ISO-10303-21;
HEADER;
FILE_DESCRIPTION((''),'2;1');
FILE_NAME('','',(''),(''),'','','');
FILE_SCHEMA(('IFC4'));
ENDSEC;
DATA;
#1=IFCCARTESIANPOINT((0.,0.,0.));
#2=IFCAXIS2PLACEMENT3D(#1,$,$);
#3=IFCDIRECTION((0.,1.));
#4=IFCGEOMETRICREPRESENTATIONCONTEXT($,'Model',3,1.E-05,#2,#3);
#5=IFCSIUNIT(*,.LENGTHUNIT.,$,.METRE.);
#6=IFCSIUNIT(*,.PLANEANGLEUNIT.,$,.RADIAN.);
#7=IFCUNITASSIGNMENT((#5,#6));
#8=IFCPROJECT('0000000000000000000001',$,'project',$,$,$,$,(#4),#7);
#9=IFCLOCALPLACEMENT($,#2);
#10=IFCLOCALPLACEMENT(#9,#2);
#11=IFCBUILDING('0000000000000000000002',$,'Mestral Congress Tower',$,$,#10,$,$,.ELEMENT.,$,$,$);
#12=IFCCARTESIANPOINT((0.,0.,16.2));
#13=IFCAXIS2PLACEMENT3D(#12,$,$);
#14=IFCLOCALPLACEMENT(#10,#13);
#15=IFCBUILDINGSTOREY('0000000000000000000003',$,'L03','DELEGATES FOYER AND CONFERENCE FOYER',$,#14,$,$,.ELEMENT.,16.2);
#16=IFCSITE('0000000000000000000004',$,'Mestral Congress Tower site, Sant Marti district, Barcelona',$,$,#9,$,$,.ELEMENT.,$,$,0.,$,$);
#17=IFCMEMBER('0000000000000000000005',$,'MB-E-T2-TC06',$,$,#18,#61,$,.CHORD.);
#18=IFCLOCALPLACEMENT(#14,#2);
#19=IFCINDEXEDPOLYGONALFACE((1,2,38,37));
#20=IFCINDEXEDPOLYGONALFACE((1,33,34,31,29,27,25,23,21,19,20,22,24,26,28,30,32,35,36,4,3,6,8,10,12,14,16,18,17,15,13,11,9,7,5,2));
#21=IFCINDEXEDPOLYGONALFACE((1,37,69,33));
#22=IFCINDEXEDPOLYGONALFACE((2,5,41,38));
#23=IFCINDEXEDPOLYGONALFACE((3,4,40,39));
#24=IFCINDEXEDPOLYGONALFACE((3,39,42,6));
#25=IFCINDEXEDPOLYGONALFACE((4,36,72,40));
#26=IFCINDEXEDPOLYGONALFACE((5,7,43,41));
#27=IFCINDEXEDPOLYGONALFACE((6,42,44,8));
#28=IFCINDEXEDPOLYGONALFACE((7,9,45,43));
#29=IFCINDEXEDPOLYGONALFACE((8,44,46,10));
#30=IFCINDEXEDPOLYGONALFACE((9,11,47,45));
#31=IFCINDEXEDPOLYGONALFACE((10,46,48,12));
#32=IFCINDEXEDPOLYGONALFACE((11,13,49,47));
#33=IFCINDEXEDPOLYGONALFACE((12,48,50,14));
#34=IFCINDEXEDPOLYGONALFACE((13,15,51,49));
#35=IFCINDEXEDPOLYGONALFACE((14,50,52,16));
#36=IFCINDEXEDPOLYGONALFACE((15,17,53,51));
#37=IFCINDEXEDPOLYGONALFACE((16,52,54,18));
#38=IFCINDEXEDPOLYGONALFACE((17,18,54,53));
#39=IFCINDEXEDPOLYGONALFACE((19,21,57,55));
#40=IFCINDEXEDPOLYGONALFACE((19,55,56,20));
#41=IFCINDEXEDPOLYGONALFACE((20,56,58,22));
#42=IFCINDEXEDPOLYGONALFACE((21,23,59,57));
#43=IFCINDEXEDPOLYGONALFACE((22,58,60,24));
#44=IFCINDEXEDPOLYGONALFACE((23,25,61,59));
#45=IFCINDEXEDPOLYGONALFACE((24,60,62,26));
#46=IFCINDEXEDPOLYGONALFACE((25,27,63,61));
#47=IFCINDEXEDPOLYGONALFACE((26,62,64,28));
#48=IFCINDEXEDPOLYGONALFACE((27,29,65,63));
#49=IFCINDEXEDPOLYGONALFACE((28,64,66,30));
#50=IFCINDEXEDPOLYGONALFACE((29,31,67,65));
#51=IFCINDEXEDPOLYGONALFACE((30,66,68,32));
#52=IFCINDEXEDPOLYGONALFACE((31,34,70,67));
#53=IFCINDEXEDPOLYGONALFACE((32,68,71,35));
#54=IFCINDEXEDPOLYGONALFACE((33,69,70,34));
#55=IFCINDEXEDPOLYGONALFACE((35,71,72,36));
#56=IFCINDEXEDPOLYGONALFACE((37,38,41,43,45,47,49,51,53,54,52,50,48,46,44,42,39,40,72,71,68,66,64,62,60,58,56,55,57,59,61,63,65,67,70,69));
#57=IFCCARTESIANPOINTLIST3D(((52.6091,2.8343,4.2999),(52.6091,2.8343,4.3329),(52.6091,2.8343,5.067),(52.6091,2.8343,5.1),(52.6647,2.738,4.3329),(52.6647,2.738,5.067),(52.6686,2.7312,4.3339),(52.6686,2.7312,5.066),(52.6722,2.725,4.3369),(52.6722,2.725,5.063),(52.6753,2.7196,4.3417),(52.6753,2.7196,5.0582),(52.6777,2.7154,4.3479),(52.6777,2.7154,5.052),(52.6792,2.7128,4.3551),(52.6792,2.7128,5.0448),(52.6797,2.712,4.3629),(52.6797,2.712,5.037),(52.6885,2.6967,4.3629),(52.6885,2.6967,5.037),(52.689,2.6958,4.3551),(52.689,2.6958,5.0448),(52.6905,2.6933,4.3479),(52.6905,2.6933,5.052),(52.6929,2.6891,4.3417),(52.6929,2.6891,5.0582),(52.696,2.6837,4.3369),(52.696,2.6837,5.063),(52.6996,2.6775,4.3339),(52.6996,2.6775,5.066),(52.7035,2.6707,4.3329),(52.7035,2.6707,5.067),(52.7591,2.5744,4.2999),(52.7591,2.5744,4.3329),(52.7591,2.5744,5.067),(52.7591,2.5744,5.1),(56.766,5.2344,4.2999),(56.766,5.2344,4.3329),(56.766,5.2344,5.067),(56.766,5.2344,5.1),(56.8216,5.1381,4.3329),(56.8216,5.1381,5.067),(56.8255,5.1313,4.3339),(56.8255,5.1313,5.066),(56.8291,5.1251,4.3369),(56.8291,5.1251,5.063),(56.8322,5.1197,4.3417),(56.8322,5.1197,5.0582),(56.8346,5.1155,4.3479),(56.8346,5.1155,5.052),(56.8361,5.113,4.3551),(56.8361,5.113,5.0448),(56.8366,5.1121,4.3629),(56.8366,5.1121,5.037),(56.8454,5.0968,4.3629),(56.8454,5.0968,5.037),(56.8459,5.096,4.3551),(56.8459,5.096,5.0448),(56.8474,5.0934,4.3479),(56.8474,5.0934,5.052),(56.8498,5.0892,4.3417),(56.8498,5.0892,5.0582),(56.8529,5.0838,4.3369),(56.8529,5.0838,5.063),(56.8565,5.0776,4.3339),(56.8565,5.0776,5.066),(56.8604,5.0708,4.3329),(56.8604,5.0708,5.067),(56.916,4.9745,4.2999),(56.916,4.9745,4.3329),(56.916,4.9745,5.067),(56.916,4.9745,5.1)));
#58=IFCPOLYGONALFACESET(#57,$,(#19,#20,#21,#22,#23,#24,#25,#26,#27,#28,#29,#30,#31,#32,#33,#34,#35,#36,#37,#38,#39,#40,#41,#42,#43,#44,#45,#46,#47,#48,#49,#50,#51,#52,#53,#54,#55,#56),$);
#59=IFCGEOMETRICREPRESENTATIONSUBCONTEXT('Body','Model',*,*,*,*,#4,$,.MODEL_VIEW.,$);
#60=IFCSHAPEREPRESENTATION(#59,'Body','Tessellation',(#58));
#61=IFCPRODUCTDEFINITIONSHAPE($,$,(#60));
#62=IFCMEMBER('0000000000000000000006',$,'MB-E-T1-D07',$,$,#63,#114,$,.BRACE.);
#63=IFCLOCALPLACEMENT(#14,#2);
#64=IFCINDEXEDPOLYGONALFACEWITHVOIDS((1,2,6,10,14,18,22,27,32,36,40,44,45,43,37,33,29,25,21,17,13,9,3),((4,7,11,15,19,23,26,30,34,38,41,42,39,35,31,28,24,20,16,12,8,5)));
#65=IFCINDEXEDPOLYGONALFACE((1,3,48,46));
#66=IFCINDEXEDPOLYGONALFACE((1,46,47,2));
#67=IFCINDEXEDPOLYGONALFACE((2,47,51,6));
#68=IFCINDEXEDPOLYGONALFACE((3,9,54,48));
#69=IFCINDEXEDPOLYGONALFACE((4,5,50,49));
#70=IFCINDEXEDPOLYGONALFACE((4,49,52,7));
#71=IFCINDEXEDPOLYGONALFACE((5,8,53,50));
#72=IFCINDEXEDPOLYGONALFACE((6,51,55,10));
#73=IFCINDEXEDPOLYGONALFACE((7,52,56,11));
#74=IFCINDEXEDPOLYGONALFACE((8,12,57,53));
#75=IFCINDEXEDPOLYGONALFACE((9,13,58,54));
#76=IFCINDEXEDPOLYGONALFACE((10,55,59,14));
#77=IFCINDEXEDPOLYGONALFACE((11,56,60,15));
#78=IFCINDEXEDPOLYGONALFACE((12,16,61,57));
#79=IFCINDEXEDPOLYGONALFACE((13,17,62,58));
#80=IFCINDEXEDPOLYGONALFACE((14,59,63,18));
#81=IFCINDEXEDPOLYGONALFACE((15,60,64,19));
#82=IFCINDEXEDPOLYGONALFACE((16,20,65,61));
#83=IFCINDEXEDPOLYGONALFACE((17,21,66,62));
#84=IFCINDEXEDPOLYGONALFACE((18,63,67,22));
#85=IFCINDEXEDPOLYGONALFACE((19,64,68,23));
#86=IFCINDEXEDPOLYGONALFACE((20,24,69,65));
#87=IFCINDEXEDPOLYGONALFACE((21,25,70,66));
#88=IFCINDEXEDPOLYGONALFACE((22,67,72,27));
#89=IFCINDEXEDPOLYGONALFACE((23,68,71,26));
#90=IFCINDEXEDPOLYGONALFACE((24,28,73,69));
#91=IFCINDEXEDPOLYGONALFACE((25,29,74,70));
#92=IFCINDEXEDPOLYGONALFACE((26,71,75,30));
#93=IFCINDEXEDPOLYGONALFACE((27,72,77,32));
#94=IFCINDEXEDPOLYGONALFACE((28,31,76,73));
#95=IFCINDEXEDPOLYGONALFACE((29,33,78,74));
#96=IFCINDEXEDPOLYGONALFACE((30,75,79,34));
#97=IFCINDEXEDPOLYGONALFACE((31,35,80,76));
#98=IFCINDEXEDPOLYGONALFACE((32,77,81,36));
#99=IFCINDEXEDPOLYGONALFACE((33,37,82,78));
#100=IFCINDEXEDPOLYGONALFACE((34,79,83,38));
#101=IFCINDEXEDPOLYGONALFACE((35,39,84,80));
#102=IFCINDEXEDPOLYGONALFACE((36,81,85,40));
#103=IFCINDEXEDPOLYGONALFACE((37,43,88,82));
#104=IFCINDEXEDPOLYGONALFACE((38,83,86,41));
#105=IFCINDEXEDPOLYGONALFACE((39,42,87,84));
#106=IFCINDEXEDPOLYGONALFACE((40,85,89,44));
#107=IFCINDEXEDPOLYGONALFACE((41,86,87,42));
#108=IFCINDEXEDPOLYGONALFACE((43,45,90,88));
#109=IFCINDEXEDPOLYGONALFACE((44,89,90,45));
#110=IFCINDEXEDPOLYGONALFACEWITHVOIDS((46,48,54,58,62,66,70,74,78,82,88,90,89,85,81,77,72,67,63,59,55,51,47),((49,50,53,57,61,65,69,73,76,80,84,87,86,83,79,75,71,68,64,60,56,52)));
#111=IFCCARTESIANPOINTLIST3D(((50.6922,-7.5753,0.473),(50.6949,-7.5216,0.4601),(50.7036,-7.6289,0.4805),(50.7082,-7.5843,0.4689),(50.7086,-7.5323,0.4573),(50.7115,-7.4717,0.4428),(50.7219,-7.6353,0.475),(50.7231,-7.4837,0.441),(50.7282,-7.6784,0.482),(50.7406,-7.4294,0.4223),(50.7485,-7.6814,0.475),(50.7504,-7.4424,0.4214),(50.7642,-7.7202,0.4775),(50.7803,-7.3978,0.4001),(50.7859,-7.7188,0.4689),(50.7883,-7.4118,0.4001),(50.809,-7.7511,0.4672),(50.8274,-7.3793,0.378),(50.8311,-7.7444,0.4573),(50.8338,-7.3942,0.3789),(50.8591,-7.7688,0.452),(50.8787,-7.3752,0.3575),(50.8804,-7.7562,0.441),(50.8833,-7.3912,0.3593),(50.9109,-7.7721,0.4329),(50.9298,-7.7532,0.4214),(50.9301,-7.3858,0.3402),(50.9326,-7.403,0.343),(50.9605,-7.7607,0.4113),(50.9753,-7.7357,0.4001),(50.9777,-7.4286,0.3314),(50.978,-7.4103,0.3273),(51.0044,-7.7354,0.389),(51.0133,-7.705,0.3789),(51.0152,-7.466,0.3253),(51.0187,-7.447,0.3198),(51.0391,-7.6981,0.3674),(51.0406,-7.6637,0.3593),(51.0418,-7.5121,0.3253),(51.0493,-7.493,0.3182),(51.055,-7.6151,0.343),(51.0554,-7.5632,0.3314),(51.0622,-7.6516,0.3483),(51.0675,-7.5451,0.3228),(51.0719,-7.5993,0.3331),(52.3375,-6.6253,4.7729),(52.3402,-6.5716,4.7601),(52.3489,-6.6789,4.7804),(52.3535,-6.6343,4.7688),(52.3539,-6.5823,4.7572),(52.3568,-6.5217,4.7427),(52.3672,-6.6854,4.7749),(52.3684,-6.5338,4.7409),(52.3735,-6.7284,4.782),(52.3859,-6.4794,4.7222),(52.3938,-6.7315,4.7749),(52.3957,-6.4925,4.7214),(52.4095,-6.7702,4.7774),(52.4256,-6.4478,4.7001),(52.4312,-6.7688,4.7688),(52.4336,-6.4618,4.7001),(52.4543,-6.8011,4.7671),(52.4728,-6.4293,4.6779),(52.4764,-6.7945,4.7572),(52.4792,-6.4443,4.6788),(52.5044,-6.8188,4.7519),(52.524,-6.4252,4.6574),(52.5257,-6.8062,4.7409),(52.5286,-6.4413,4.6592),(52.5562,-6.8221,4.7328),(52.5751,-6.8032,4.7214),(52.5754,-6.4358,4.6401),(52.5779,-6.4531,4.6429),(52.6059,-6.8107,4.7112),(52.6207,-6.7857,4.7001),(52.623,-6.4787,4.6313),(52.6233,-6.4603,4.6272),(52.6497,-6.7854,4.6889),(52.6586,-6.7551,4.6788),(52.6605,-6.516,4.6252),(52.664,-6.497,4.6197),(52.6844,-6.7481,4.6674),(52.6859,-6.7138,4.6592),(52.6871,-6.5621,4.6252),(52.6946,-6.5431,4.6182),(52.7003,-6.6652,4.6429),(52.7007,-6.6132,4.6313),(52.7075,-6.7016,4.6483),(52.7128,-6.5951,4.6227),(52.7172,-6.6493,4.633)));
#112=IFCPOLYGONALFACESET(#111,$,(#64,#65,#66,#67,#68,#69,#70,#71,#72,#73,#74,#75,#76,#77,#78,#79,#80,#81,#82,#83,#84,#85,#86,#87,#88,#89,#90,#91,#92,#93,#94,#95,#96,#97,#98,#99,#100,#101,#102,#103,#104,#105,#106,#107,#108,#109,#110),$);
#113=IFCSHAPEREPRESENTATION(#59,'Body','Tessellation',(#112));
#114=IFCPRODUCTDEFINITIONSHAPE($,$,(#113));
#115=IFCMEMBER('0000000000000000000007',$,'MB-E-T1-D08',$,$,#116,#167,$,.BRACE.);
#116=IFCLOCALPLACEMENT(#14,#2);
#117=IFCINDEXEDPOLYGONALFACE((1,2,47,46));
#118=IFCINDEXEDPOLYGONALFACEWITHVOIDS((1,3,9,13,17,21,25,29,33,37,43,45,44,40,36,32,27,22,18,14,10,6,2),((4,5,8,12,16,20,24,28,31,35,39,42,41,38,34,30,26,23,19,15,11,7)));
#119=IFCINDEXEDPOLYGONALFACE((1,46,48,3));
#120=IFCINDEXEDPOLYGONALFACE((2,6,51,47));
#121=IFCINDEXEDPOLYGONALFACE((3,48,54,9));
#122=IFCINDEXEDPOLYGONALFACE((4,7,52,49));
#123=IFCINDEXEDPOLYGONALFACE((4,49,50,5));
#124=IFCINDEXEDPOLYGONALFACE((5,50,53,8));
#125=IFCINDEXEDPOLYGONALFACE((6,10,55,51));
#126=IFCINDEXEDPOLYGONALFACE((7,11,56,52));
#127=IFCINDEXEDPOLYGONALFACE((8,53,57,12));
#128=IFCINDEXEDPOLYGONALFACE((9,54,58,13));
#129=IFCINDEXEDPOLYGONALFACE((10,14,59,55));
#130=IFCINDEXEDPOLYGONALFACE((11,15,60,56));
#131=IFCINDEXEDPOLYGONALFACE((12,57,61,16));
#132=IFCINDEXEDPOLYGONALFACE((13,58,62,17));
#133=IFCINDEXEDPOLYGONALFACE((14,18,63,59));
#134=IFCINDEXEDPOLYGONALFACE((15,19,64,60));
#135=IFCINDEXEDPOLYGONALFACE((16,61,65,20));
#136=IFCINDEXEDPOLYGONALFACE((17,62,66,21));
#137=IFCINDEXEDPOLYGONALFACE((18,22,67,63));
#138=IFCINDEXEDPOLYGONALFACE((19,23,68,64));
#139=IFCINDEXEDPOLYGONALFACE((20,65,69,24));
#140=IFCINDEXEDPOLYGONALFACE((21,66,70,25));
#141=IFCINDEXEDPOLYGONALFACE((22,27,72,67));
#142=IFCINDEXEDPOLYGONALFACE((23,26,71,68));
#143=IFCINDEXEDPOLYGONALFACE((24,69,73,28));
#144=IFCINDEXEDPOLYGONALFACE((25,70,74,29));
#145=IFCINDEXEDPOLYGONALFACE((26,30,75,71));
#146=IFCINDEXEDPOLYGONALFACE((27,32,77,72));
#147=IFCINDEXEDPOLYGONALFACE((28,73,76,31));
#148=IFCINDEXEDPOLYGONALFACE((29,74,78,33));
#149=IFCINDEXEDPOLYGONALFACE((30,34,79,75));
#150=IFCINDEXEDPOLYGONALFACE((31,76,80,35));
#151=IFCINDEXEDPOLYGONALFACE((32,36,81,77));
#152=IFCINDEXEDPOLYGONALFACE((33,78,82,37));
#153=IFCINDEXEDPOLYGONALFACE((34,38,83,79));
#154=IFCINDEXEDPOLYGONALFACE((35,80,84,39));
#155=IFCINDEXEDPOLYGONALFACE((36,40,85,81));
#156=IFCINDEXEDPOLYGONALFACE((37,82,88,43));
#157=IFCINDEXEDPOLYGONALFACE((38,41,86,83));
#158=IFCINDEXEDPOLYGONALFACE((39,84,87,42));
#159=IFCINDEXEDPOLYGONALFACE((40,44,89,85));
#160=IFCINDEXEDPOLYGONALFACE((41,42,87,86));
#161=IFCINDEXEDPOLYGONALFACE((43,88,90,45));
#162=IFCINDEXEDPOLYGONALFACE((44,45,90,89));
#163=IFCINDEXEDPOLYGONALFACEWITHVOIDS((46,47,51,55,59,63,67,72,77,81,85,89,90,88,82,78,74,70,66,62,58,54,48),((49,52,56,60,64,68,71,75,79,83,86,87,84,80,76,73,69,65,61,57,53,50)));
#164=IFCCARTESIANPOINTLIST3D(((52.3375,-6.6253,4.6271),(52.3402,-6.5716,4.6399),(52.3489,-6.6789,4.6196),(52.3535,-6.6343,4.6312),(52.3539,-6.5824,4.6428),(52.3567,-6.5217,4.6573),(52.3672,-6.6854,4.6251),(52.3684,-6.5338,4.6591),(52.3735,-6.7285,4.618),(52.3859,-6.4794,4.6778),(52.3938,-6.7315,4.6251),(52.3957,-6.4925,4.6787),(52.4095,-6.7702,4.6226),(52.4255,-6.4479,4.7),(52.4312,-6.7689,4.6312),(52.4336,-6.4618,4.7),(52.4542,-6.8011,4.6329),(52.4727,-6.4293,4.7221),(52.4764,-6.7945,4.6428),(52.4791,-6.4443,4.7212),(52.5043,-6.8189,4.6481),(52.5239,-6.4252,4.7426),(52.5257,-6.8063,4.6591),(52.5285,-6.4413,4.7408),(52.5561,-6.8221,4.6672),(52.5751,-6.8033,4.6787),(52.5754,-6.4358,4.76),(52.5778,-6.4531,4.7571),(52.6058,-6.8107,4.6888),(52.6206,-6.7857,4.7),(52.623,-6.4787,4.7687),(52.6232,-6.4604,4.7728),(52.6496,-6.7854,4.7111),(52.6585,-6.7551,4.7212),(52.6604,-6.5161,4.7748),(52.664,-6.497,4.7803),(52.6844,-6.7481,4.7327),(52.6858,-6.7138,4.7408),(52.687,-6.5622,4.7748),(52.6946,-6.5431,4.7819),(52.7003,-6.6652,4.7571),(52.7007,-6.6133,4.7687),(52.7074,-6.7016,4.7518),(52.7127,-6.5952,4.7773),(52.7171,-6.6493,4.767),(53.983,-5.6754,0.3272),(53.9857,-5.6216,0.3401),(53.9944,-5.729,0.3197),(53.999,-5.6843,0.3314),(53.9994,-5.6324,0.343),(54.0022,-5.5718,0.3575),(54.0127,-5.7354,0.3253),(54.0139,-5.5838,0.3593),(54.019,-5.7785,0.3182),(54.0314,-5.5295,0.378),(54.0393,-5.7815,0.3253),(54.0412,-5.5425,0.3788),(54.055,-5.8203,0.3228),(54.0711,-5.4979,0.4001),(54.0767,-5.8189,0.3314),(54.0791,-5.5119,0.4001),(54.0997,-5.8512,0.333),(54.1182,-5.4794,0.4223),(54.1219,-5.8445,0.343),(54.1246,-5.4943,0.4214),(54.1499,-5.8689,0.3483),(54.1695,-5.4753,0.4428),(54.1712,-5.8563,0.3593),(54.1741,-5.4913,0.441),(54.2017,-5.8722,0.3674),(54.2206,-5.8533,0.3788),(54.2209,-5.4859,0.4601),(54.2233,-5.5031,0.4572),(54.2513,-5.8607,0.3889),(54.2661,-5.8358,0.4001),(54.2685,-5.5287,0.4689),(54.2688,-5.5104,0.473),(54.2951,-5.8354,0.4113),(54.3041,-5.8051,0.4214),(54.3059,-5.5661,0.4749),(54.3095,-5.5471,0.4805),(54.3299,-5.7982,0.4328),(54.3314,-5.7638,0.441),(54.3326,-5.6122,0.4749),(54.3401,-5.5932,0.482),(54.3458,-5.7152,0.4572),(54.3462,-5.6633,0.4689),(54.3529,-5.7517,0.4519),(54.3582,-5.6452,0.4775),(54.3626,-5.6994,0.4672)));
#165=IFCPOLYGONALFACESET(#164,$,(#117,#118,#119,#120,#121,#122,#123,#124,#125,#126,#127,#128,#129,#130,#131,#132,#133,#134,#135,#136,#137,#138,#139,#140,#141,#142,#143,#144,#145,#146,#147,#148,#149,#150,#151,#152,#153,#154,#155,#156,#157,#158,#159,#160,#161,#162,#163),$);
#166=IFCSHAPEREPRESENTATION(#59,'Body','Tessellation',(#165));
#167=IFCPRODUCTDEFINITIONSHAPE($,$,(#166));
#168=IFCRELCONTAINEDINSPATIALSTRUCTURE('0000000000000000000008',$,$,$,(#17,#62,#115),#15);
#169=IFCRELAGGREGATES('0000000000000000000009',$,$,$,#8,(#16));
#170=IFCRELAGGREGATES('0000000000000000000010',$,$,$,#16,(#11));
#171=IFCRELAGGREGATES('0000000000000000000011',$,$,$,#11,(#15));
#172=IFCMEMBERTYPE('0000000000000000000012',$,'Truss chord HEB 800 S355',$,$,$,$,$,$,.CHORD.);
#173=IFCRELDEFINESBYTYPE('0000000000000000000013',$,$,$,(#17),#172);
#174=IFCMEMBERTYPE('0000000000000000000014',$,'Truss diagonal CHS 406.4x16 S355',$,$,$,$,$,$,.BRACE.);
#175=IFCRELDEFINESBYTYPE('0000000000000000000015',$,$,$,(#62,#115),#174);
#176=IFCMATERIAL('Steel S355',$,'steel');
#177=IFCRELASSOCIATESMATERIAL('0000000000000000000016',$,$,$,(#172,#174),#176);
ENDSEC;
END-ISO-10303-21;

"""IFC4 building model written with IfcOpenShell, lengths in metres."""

from ifc_helpers import new_model, si_unit, direction, frame, origin, origin_2d, place, context, subcontext, project, spatial, hollow_circle, i_section, extrude, material, material_profile, profile_set, type_object, element, save


model = new_model("IFC4")

# Units and contexts
model_context = context("Model", 3, precision=1e-05, world=origin(), true_north=direction((0.0, 1.0)))
body_context = subcontext(model_context, "Body", "Model", "MODEL_VIEW")
ifc_project = project(units=[si_unit("LENGTHUNIT", "METRE"), si_unit("PLANEANGLEUNIT", "RADIAN")], contexts=[model_context])

# Site, building, storey
site_placement = place(None, origin())
site = spatial("IfcSite", under=ifc_project, at=site_placement, Name="Mestral Congress Tower site, Sant Marti district, Barcelona", CompositionType="ELEMENT", RefElevation=0.0)
building_placement = place(site_placement, origin())
building = spatial("IfcBuilding", under=site, at=building_placement, Name="Mestral Congress Tower", CompositionType="ELEMENT")
storey_placement = place(building_placement, frame((0.0, 0.0, 16.2)))
storey = spatial("IfcBuildingStorey", under=building, at=storey_placement, Name="L03", Description="DELEGATES FOYER AND CONFERENCE FOYER", CompositionType="ELEMENT", Elevation=16.2)

# Members
ifc_material_1 = material(Name="Steel S355", Category="steel")
ifc_material_profile_1 = material_profile(ifc_material_1, i_section(OverallWidth=0.3, OverallDepth=0.8, WebThickness=0.0176, FlangeThickness=0.033, FilletRadius=0.03, at=origin_2d()), Name="HEB 800")
ifc_profile_set_1 = profile_set([ifc_material_profile_1], Name="Steel S355")
member_type_1 = type_object("IfcMemberType", Name="Truss chord HEB 800 S355", PredefinedType="CHORD", material=ifc_profile_set_1)
for number, where, z_axis, x_axis, name in (
    (1, (52.6841, 2.7043, 4.7), (0.866015, 0.500017, 0.0), (-0.500017, 0.866015, 0.0), "MB-E-T2-TC06"),
):
    element("IfcMember", number, at=place(storey_placement, frame(where, z_axis=z_axis, x_axis=x_axis)), inside=storey, type_object=member_type_1, Name=name, PredefinedType="CHORD", context=body_context, shape_type="SweptSolid", body=[
        extrude(i_section(OverallWidth=0.3, OverallDepth=0.8, WebThickness=0.0176, FlangeThickness=0.033, FilletRadius=0.03, at=origin_2d()), origin(), (0.0, 0.0, 1.0), 4.8),
    ])
ifc_material_profile_2 = material_profile(ifc_material_1, hollow_circle(Radius=0.2031, WallThickness=0.0161, at=origin_2d()), Name="CHS 406.4x16")
ifc_profile_set_2 = profile_set([ifc_material_profile_2], Name="Steel S355")
member_type_2 = type_object("IfcMemberType", Name="Truss diagonal CHS 406.4x16 S355", PredefinedType="BRACE", material=ifc_profile_set_2)
for number, where, z_axis, x_axis, name in (
    (2, (50.8818, -7.5737, 0.4001), (0.349996, 0.202082, 0.914694), (-0.500023, 0.866012, 0.0), "MB-E-T1-D07"),
    (3, (52.5271, -6.6238, 4.7), (0.350041, 0.202079, -0.914678), (-0.499967, 0.866044, 0.0), "MB-E-T1-D08"),
):
    element("IfcMember", number, at=place(storey_placement, frame(where, z_axis=z_axis, x_axis=x_axis)), inside=storey, type_object=member_type_2, Name=name, PredefinedType="BRACE", context=body_context, shape_type="SweptSolid", body=[
        extrude(hollow_circle(Radius=0.2031, WallThickness=0.0161, at=origin_2d()), origin(), (0.0, 0.0, 1.0), 4.7009),
    ])

save(model, "model.ifc")
